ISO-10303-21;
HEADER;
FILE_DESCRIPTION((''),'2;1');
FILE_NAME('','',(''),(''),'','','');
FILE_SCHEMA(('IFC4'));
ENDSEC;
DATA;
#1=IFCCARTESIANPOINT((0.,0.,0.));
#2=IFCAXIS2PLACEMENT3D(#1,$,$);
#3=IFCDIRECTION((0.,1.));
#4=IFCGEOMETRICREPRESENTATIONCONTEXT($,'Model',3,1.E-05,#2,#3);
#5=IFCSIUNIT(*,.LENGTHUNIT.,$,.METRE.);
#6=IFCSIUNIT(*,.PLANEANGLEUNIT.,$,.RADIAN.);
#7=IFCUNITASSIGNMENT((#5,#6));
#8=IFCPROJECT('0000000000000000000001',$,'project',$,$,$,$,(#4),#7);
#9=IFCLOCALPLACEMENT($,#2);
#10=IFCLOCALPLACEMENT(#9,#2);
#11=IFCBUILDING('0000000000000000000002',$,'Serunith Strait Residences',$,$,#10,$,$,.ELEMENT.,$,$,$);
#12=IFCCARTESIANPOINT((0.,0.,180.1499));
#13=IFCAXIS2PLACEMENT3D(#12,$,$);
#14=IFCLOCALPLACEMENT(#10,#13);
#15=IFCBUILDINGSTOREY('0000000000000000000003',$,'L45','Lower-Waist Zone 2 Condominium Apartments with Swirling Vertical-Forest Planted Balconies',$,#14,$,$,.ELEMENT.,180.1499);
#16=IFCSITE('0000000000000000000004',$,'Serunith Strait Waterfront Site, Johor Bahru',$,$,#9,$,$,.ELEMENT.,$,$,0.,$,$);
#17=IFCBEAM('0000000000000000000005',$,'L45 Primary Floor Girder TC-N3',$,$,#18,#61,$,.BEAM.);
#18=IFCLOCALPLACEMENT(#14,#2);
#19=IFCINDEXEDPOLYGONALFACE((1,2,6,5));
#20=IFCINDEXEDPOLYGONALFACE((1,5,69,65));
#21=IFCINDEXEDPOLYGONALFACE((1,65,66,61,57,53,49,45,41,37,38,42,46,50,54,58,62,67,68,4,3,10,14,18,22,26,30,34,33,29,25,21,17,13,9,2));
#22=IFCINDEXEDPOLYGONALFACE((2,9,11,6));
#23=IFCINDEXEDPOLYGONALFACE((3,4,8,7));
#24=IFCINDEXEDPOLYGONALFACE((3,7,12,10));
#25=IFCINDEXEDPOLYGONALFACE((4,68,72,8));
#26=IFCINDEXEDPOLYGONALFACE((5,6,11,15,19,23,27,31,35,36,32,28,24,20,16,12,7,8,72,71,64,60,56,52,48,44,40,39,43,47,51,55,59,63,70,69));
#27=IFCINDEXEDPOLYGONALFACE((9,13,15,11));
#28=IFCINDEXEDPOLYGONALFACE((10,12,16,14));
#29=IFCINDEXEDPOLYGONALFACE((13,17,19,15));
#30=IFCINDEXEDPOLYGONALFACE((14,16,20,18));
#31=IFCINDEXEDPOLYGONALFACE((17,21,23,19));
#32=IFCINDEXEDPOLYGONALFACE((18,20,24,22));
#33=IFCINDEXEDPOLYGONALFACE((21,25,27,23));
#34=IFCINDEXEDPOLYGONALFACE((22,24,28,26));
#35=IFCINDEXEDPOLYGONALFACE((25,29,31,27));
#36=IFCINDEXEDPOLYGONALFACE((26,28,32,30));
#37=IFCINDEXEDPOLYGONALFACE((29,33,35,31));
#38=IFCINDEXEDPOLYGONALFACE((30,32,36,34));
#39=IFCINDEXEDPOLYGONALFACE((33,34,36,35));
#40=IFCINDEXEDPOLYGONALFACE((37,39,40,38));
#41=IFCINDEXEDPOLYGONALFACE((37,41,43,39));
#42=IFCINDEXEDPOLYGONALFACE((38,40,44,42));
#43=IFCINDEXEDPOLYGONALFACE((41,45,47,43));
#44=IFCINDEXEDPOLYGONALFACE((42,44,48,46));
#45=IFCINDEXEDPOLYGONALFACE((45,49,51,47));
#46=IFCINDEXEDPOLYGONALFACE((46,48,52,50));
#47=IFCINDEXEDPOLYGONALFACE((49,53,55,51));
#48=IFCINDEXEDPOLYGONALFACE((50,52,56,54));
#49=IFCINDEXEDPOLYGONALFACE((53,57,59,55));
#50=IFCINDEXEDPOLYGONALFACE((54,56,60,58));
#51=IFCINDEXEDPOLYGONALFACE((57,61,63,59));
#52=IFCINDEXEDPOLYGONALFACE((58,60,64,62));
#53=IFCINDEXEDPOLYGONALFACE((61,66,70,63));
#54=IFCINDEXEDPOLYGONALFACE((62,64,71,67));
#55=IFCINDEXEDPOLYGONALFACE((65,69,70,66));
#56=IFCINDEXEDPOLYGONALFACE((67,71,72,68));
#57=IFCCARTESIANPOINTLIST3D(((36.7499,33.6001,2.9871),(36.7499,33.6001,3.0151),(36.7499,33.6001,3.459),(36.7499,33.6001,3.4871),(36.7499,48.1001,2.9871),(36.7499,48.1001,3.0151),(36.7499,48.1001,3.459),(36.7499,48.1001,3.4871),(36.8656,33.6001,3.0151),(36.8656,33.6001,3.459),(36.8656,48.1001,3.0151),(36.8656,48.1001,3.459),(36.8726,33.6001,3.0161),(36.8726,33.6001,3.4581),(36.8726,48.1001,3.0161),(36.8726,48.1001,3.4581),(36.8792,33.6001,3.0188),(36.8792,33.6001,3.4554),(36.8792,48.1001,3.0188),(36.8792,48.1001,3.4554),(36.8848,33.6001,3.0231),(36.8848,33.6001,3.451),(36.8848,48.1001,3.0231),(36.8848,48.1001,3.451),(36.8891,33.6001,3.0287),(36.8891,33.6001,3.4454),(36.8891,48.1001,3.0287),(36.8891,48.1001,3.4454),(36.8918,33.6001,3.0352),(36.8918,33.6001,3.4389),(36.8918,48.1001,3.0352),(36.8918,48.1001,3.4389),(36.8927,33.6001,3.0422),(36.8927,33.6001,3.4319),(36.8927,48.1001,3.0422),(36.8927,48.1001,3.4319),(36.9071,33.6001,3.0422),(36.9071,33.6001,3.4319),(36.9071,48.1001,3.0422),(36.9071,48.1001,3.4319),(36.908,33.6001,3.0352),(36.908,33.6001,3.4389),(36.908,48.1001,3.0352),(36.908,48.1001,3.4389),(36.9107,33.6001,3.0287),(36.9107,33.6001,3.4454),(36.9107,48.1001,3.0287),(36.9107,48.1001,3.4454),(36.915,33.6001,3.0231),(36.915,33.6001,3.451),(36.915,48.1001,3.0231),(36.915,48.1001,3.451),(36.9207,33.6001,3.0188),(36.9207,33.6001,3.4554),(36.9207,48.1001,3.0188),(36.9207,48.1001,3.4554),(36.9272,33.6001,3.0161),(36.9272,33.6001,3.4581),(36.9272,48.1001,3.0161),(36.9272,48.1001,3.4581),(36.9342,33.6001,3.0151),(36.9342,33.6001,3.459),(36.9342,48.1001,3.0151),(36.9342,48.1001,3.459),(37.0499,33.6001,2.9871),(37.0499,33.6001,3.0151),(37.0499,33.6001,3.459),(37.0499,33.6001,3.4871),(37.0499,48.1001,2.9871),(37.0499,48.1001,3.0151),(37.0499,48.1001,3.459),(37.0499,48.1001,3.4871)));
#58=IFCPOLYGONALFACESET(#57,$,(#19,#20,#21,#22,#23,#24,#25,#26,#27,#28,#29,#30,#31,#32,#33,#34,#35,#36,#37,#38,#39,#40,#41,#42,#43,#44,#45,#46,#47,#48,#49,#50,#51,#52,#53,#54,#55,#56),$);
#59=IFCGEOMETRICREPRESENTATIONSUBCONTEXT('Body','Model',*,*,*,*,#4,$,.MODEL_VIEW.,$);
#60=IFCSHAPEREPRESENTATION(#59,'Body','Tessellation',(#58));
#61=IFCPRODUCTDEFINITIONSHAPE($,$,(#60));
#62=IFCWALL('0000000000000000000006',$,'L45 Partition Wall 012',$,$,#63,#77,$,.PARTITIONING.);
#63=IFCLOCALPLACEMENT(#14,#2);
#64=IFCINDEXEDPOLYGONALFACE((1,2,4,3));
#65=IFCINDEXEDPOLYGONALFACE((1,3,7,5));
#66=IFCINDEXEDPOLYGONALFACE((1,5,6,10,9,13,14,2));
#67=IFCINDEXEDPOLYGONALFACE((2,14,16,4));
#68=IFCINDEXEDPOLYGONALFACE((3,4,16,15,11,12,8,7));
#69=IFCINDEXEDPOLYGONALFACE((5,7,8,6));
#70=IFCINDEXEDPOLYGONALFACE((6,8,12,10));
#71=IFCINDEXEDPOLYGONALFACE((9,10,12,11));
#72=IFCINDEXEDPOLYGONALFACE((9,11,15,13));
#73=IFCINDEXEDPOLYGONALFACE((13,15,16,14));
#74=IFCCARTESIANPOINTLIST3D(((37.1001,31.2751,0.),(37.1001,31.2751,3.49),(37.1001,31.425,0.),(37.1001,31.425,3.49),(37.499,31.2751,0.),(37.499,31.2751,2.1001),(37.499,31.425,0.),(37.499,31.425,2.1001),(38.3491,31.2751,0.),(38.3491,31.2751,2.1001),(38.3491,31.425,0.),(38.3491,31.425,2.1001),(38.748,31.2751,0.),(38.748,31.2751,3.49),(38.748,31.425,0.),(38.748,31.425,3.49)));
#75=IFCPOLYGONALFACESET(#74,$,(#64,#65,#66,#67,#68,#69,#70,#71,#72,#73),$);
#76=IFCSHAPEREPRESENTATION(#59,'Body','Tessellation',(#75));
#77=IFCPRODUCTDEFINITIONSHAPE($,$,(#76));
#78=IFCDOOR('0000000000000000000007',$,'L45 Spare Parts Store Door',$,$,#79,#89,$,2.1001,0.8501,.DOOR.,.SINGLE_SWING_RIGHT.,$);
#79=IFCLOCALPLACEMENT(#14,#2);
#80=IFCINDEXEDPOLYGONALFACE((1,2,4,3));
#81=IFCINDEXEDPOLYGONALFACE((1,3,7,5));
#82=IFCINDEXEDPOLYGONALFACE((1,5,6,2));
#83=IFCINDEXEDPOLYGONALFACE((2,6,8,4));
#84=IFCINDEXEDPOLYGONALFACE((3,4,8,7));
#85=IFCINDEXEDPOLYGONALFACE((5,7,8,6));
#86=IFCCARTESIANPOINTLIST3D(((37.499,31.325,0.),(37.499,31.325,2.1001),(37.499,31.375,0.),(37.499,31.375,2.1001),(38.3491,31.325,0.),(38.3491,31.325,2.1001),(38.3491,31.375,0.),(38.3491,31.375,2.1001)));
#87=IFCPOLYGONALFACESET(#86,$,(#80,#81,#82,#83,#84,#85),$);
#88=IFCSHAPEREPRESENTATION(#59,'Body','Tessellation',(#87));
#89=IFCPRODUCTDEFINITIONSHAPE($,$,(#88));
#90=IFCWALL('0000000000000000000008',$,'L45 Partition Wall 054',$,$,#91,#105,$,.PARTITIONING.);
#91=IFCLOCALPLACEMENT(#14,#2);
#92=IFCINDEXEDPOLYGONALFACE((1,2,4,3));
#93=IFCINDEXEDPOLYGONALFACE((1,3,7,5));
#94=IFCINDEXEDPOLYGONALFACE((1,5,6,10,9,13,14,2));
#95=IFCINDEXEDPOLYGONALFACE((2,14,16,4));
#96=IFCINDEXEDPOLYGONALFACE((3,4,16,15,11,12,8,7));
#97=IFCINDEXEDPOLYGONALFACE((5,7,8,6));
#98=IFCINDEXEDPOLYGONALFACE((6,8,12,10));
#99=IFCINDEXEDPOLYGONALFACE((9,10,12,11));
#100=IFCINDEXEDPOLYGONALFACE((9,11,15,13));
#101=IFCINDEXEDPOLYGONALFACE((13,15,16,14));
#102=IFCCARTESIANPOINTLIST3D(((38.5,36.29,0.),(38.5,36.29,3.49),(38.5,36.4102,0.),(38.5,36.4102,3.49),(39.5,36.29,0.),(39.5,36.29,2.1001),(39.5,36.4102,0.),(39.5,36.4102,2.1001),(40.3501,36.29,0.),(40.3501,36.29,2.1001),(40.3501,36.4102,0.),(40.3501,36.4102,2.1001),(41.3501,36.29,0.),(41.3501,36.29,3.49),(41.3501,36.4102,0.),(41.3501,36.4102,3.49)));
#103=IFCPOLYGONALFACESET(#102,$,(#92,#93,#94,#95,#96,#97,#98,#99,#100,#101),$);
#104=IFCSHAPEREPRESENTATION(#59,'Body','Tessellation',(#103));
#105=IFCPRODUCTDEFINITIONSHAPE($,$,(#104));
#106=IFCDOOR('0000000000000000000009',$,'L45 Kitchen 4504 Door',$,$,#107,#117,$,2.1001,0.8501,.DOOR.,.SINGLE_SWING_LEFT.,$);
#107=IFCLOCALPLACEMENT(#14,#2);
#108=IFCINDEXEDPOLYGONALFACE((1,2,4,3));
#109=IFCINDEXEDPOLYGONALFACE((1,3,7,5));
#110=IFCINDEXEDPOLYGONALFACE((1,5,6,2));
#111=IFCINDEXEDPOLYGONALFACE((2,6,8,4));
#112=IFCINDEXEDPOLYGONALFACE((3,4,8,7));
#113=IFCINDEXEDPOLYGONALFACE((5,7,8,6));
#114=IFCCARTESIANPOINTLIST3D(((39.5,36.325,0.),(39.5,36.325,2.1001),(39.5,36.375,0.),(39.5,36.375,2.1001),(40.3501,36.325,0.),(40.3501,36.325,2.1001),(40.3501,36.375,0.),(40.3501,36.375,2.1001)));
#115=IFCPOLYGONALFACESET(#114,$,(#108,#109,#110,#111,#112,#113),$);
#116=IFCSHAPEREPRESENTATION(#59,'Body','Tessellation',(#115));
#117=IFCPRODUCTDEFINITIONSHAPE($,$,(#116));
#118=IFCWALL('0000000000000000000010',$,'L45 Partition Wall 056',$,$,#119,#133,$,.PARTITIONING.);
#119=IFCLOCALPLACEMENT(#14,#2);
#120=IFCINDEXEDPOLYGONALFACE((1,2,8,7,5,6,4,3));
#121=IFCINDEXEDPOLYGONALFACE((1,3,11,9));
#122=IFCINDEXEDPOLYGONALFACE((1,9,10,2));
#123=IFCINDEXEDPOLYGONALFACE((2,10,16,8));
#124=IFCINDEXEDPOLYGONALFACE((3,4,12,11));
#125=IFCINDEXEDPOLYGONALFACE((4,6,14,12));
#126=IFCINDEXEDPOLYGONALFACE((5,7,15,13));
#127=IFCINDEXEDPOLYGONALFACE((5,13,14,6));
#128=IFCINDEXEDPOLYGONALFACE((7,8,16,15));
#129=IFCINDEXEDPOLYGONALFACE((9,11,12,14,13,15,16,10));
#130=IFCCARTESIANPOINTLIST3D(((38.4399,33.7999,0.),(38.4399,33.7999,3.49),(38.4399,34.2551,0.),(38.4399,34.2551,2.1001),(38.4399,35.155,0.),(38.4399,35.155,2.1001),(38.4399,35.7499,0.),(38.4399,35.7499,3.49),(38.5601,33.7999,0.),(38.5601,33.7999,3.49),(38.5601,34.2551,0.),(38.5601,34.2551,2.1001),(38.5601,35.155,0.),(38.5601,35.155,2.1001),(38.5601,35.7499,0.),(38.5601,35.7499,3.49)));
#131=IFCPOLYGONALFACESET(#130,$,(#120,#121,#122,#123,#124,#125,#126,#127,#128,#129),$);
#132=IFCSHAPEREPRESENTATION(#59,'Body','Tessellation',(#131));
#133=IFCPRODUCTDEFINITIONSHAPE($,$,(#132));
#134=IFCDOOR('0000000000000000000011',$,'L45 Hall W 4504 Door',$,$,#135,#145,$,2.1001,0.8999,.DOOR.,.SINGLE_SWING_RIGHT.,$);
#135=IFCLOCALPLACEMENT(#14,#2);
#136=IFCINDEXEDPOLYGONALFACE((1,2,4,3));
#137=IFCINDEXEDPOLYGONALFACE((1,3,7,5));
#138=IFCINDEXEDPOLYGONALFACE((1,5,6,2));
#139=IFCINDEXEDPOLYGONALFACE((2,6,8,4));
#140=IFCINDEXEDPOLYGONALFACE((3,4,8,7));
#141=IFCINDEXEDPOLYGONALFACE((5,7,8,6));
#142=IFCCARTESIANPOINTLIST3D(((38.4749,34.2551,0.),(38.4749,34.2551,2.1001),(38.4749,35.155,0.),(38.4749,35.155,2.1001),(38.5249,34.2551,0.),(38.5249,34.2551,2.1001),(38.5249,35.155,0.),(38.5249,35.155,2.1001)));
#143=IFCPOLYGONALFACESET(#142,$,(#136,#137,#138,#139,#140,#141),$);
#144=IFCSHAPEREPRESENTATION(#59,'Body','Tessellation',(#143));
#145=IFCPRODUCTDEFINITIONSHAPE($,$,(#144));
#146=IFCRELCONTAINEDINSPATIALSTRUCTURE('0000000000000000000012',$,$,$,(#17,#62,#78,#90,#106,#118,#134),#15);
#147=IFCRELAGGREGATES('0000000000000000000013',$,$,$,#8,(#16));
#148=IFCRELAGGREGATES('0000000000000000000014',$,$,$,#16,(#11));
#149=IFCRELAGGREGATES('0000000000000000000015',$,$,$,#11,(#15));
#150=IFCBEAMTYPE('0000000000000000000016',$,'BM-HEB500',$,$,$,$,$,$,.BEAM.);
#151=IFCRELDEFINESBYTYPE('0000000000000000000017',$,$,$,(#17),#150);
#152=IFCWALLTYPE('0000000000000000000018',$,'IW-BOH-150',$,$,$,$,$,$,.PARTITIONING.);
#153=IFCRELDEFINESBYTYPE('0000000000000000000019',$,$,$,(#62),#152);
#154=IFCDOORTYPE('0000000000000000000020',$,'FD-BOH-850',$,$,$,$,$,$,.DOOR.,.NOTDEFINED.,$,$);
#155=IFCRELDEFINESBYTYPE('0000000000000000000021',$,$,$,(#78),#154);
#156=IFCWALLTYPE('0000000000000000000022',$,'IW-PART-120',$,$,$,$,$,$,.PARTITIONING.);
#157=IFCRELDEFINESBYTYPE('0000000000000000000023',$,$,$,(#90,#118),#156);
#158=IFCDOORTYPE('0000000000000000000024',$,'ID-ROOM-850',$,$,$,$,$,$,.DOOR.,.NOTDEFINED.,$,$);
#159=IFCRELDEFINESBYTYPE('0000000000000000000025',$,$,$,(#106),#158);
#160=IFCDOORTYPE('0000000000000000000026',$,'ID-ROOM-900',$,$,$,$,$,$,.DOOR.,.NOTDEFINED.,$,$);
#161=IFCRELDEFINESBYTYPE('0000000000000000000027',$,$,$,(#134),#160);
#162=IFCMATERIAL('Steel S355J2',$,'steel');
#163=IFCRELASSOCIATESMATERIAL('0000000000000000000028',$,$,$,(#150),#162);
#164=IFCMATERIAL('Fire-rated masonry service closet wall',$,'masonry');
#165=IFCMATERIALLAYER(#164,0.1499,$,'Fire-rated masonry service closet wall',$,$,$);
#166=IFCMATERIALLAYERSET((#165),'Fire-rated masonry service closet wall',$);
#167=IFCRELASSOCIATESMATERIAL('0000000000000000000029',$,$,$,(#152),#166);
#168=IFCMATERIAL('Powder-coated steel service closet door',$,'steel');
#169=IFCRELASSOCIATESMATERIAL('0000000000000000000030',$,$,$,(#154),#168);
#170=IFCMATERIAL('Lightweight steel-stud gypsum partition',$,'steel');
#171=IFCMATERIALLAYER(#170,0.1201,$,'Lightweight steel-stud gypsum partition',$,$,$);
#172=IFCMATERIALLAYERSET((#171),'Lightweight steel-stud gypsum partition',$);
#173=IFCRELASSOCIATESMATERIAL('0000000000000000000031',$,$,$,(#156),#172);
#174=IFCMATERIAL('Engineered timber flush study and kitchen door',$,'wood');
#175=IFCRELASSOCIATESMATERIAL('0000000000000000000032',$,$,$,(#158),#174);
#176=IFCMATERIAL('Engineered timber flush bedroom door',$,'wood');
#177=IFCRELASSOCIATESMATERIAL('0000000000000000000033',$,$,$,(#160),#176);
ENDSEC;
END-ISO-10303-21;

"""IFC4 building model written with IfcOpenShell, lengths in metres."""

from ifc_helpers import new_model, si_unit, direction, frame, frame_2d, origin, origin_2d, place, context, subcontext, project, spatial, rectangle, i_section, extrude, source, transform, mapped, material, layer, layer_set, material_profile, profile_set, type_object, element, fill, save


model = new_model("IFC4")

# Units and contexts
model_context = context("Model", 3, precision=1e-05, world=origin(), true_north=direction((0.0, 1.0)))
body_context = subcontext(model_context, "Body", "Model", "MODEL_VIEW")
ifc_project = project(units=[si_unit("LENGTHUNIT", "METRE"), si_unit("PLANEANGLEUNIT", "RADIAN")], contexts=[model_context])

# Site, building, storey
site_placement = place(None, origin())
site = spatial("IfcSite", under=ifc_project, at=site_placement, Name="Serunith Strait Waterfront Site, Johor Bahru", CompositionType="ELEMENT", RefElevation=0.0)
building_placement = place(site_placement, origin())
building = spatial("IfcBuilding", under=site, at=building_placement, Name="Serunith Strait Residences", CompositionType="ELEMENT")
storey_placement = place(building_placement, frame((0.0, 0.0, 180.1499)))
storey = spatial("IfcBuildingStorey", under=building, at=storey_placement, Name="L45", Description="Lower-Waist Zone 2 Condominium Apartments with Swirling Vertical-Forest Planted Balconies", CompositionType="ELEMENT", Elevation=180.1499)

# Beam
ifc_material_1 = material(Name="Steel S355J2", Category="steel")
ifc_material_profile = material_profile(ifc_material_1, i_section(OverallWidth=0.3, OverallDepth=0.5, WebThickness=0.0144, FlangeThickness=0.0281, FilletRadius=0.0271, at=origin_2d()), Name="HEB 500")
ifc_profile_set = profile_set([ifc_material_profile], Name="Steel S355J2")
beam_type = type_object("IfcBeamType", Name="BM-HEB500", PredefinedType="BEAM", material=ifc_profile_set)
shared_shape_1 = source(origin(), body_context, "Body", "SweptSolid", [
    extrude(i_section(OverallWidth=0.3, OverallDepth=0.5, WebThickness=0.0144, FlangeThickness=0.0281, FilletRadius=0.0271, at=origin_2d()), origin(), (0.0, 0.0, 1.0), 14.5),
])
beam_placement = place(storey_placement, frame((36.8999, 33.6001, 3.2371), z_axis=(0.0, 1.0, 0.0), x_axis=(-1.0, 0.0, 0.0)))
element("IfcBeam", 1, at=beam_placement, inside=storey, type_object=beam_type, Name="L45 Primary Floor Girder TC-N3", PredefinedType="BEAM", context=body_context, shape_type="MappedRepresentation", body=[
    mapped(shared_shape_1, transform((0.0, 0.0, 0.0), scale=1.0)),
])

# Walls, openings, doors
ifc_material_2 = material(Name="Fire-rated masonry service closet wall", Category="masonry")
ifc_layer_1 = layer(ifc_material_2, 0.1499, Name="Fire-rated masonry service closet wall")
ifc_layer_set_1 = layer_set([ifc_layer_1], Name="Fire-rated masonry service closet wall")
wall_type_1 = type_object("IfcWallType", Name="IW-BOH-150", PredefinedType="PARTITIONING", material=ifc_layer_set_1)
wall_1_placement = place(storey_placement, frame((37.1001, 31.3501, 0.0), z_axis=(0.0, 0.0, 1.0), x_axis=(1.0, 0.0, 0.0)))
wall_1 = element("IfcWall", 2, at=wall_1_placement, inside=storey, type_object=wall_type_1, Name="L45 Partition Wall 012", PredefinedType="PARTITIONING", context=body_context, shape_type="SweptSolid", body=[
    extrude(rectangle(XDim=1.6479, YDim=0.1499, at=frame_2d((0.824, 0.0))), origin(), (0.0, 0.0, 1.0), 3.49),
])
opening_1_placement = place(wall_1_placement, frame((0.3989, 0.0, 0.0)))
opening_1 = element("IfcOpeningElement", 3, at=opening_1_placement, cuts=wall_1, PredefinedType="OPENING", context=body_context, shape_type="SweptSolid", body=[
    extrude(rectangle(XDim=0.8501, YDim=2.1001, at=frame_2d((0.425, 1.05))), frame((0.0, 0.085, 0.0), z_axis=(0.0, -1.0, 0.0), x_axis=(1.0, 0.0, 0.0)), (0.0, 0.0, 1.0), 0.1699),
])
ifc_material_3 = material(Name="Powder-coated steel service closet door", Category="steel")
door_type_1 = type_object("IfcDoorType", Name="FD-BOH-850", OperationType="NOTDEFINED", PredefinedType="DOOR", material=ifc_material_3)
shared_shape_2 = source(origin(), body_context, "Body", "SweptSolid", [
    extrude(rectangle(XDim=0.8501, YDim=2.1001, at=frame_2d((0.425, 1.05))), frame((0.0, 0.0249, 0.0), z_axis=(0.0, -1.0, 0.0), x_axis=(1.0, 0.0, 0.0)), (0.0, 0.0, 1.0), 0.05),
])
door_1_placement = place(opening_1_placement, origin())
door_1 = element("IfcDoor", 4, at=door_1_placement, inside=storey, type_object=door_type_1, Name="L45 Spare Parts Store Door", OperationType="SINGLE_SWING_RIGHT", OverallHeight=2.1001, OverallWidth=0.8501, PredefinedType="DOOR", context=body_context, shape_type="MappedRepresentation", body=[
    mapped(shared_shape_2, transform((0.0, 0.0, 0.0), scale=1.0)),
])
fill(opening_1, door_1)
ifc_material_4 = material(Name="Lightweight steel-stud gypsum partition", Category="steel")
ifc_layer_2 = layer(ifc_material_4, 0.1201, Name="Lightweight steel-stud gypsum partition")
ifc_layer_set_2 = layer_set([ifc_layer_2], Name="Lightweight steel-stud gypsum partition")
wall_type_2 = type_object("IfcWallType", Name="IW-PART-120", PredefinedType="PARTITIONING", material=ifc_layer_set_2)
wall_2_placement = place(storey_placement, frame((38.5, 36.3501, 0.0), z_axis=(0.0, 0.0, 1.0), x_axis=(1.0, 0.0, 0.0)))
wall_2 = element("IfcWall", 5, at=wall_2_placement, inside=storey, type_object=wall_type_2, Name="L45 Partition Wall 054", PredefinedType="PARTITIONING", context=body_context, shape_type="SweptSolid", body=[
    extrude(rectangle(XDim=2.8501, YDim=0.1201, at=frame_2d((1.425, 0.0))), origin(), (0.0, 0.0, 1.0), 3.49),
])
opening_2_placement = place(wall_2_placement, frame((1.0, 0.0, 0.0)))
opening_2 = element("IfcOpeningElement", 6, at=opening_2_placement, cuts=wall_2, PredefinedType="OPENING", context=body_context, shape_type="SweptSolid", body=[
    extrude(rectangle(XDim=0.8501, YDim=2.1001, at=frame_2d((0.425, 1.05))), frame((0.0, 0.0701, 0.0), z_axis=(0.0, -1.0, 0.0), x_axis=(1.0, 0.0, 0.0)), (0.0, 0.0, 1.0), 0.1401),
])
ifc_material_5 = material(Name="Engineered timber flush study and kitchen door", Category="wood")
door_type_2 = type_object("IfcDoorType", Name="ID-ROOM-850", OperationType="NOTDEFINED", PredefinedType="DOOR", material=ifc_material_5)
door_2_placement = place(opening_2_placement, origin())
door_2 = element("IfcDoor", 7, at=door_2_placement, inside=storey, type_object=door_type_2, Name="L45 Kitchen 4504 Door", OperationType="SINGLE_SWING_LEFT", OverallHeight=2.1001, OverallWidth=0.8501, PredefinedType="DOOR", context=body_context, shape_type="MappedRepresentation", body=[
    mapped(shared_shape_2, transform((0.0, 0.0, 0.0), scale=1.0)),
])
fill(opening_2, door_2)
wall_3_placement = place(storey_placement, frame((38.5, 35.75, 0.0), z_axis=(0.0, 0.0, 1.0), x_axis=(0.0, -1.0, 0.0)))
wall_3 = element("IfcWall", 8, at=wall_3_placement, inside=storey, type_object=wall_type_2, Name="L45 Partition Wall 056", PredefinedType="PARTITIONING", context=body_context, shape_type="SweptSolid", body=[
    extrude(rectangle(XDim=1.95, YDim=0.1201, at=frame_2d((0.9751, 0.0))), origin(), (0.0, 0.0, 1.0), 3.49),
])
opening_3_placement = place(wall_3_placement, frame((0.595, 0.0, 0.0)))
opening_3 = element("IfcOpeningElement", 9, at=opening_3_placement, cuts=wall_3, PredefinedType="OPENING", context=body_context, shape_type="SweptSolid", body=[
    extrude(rectangle(XDim=0.8999, YDim=2.1001, at=frame_2d((0.45, 1.05))), frame((0.0, 0.0701, 0.0), z_axis=(0.0, -1.0, 0.0), x_axis=(1.0, 0.0, 0.0)), (0.0, 0.0, 1.0), 0.1401),
])
ifc_material_6 = material(Name="Engineered timber flush bedroom door", Category="wood")
door_type_3 = type_object("IfcDoorType", Name="ID-ROOM-900", OperationType="NOTDEFINED", PredefinedType="DOOR", material=ifc_material_6)
shared_shape_3 = source(origin(), body_context, "Body", "SweptSolid", [
    extrude(rectangle(XDim=0.8999, YDim=2.1001, at=frame_2d((0.45, 1.05))), frame((0.0, 0.0249, 0.0), z_axis=(0.0, -1.0, 0.0), x_axis=(1.0, 0.0, 0.0)), (0.0, 0.0, 1.0), 0.05),
])
door_3_placement = place(opening_3_placement, origin())
door_3 = element("IfcDoor", 10, at=door_3_placement, inside=storey, type_object=door_type_3, Name="L45 Hall W 4504 Door", OperationType="SINGLE_SWING_RIGHT", OverallHeight=2.1001, OverallWidth=0.8999, PredefinedType="DOOR", context=body_context, shape_type="MappedRepresentation", body=[
    mapped(shared_shape_3, transform((0.0, 0.0, 0.0), scale=1.0)),
])
fill(opening_3, door_3)

save(model, "model.ifc")
